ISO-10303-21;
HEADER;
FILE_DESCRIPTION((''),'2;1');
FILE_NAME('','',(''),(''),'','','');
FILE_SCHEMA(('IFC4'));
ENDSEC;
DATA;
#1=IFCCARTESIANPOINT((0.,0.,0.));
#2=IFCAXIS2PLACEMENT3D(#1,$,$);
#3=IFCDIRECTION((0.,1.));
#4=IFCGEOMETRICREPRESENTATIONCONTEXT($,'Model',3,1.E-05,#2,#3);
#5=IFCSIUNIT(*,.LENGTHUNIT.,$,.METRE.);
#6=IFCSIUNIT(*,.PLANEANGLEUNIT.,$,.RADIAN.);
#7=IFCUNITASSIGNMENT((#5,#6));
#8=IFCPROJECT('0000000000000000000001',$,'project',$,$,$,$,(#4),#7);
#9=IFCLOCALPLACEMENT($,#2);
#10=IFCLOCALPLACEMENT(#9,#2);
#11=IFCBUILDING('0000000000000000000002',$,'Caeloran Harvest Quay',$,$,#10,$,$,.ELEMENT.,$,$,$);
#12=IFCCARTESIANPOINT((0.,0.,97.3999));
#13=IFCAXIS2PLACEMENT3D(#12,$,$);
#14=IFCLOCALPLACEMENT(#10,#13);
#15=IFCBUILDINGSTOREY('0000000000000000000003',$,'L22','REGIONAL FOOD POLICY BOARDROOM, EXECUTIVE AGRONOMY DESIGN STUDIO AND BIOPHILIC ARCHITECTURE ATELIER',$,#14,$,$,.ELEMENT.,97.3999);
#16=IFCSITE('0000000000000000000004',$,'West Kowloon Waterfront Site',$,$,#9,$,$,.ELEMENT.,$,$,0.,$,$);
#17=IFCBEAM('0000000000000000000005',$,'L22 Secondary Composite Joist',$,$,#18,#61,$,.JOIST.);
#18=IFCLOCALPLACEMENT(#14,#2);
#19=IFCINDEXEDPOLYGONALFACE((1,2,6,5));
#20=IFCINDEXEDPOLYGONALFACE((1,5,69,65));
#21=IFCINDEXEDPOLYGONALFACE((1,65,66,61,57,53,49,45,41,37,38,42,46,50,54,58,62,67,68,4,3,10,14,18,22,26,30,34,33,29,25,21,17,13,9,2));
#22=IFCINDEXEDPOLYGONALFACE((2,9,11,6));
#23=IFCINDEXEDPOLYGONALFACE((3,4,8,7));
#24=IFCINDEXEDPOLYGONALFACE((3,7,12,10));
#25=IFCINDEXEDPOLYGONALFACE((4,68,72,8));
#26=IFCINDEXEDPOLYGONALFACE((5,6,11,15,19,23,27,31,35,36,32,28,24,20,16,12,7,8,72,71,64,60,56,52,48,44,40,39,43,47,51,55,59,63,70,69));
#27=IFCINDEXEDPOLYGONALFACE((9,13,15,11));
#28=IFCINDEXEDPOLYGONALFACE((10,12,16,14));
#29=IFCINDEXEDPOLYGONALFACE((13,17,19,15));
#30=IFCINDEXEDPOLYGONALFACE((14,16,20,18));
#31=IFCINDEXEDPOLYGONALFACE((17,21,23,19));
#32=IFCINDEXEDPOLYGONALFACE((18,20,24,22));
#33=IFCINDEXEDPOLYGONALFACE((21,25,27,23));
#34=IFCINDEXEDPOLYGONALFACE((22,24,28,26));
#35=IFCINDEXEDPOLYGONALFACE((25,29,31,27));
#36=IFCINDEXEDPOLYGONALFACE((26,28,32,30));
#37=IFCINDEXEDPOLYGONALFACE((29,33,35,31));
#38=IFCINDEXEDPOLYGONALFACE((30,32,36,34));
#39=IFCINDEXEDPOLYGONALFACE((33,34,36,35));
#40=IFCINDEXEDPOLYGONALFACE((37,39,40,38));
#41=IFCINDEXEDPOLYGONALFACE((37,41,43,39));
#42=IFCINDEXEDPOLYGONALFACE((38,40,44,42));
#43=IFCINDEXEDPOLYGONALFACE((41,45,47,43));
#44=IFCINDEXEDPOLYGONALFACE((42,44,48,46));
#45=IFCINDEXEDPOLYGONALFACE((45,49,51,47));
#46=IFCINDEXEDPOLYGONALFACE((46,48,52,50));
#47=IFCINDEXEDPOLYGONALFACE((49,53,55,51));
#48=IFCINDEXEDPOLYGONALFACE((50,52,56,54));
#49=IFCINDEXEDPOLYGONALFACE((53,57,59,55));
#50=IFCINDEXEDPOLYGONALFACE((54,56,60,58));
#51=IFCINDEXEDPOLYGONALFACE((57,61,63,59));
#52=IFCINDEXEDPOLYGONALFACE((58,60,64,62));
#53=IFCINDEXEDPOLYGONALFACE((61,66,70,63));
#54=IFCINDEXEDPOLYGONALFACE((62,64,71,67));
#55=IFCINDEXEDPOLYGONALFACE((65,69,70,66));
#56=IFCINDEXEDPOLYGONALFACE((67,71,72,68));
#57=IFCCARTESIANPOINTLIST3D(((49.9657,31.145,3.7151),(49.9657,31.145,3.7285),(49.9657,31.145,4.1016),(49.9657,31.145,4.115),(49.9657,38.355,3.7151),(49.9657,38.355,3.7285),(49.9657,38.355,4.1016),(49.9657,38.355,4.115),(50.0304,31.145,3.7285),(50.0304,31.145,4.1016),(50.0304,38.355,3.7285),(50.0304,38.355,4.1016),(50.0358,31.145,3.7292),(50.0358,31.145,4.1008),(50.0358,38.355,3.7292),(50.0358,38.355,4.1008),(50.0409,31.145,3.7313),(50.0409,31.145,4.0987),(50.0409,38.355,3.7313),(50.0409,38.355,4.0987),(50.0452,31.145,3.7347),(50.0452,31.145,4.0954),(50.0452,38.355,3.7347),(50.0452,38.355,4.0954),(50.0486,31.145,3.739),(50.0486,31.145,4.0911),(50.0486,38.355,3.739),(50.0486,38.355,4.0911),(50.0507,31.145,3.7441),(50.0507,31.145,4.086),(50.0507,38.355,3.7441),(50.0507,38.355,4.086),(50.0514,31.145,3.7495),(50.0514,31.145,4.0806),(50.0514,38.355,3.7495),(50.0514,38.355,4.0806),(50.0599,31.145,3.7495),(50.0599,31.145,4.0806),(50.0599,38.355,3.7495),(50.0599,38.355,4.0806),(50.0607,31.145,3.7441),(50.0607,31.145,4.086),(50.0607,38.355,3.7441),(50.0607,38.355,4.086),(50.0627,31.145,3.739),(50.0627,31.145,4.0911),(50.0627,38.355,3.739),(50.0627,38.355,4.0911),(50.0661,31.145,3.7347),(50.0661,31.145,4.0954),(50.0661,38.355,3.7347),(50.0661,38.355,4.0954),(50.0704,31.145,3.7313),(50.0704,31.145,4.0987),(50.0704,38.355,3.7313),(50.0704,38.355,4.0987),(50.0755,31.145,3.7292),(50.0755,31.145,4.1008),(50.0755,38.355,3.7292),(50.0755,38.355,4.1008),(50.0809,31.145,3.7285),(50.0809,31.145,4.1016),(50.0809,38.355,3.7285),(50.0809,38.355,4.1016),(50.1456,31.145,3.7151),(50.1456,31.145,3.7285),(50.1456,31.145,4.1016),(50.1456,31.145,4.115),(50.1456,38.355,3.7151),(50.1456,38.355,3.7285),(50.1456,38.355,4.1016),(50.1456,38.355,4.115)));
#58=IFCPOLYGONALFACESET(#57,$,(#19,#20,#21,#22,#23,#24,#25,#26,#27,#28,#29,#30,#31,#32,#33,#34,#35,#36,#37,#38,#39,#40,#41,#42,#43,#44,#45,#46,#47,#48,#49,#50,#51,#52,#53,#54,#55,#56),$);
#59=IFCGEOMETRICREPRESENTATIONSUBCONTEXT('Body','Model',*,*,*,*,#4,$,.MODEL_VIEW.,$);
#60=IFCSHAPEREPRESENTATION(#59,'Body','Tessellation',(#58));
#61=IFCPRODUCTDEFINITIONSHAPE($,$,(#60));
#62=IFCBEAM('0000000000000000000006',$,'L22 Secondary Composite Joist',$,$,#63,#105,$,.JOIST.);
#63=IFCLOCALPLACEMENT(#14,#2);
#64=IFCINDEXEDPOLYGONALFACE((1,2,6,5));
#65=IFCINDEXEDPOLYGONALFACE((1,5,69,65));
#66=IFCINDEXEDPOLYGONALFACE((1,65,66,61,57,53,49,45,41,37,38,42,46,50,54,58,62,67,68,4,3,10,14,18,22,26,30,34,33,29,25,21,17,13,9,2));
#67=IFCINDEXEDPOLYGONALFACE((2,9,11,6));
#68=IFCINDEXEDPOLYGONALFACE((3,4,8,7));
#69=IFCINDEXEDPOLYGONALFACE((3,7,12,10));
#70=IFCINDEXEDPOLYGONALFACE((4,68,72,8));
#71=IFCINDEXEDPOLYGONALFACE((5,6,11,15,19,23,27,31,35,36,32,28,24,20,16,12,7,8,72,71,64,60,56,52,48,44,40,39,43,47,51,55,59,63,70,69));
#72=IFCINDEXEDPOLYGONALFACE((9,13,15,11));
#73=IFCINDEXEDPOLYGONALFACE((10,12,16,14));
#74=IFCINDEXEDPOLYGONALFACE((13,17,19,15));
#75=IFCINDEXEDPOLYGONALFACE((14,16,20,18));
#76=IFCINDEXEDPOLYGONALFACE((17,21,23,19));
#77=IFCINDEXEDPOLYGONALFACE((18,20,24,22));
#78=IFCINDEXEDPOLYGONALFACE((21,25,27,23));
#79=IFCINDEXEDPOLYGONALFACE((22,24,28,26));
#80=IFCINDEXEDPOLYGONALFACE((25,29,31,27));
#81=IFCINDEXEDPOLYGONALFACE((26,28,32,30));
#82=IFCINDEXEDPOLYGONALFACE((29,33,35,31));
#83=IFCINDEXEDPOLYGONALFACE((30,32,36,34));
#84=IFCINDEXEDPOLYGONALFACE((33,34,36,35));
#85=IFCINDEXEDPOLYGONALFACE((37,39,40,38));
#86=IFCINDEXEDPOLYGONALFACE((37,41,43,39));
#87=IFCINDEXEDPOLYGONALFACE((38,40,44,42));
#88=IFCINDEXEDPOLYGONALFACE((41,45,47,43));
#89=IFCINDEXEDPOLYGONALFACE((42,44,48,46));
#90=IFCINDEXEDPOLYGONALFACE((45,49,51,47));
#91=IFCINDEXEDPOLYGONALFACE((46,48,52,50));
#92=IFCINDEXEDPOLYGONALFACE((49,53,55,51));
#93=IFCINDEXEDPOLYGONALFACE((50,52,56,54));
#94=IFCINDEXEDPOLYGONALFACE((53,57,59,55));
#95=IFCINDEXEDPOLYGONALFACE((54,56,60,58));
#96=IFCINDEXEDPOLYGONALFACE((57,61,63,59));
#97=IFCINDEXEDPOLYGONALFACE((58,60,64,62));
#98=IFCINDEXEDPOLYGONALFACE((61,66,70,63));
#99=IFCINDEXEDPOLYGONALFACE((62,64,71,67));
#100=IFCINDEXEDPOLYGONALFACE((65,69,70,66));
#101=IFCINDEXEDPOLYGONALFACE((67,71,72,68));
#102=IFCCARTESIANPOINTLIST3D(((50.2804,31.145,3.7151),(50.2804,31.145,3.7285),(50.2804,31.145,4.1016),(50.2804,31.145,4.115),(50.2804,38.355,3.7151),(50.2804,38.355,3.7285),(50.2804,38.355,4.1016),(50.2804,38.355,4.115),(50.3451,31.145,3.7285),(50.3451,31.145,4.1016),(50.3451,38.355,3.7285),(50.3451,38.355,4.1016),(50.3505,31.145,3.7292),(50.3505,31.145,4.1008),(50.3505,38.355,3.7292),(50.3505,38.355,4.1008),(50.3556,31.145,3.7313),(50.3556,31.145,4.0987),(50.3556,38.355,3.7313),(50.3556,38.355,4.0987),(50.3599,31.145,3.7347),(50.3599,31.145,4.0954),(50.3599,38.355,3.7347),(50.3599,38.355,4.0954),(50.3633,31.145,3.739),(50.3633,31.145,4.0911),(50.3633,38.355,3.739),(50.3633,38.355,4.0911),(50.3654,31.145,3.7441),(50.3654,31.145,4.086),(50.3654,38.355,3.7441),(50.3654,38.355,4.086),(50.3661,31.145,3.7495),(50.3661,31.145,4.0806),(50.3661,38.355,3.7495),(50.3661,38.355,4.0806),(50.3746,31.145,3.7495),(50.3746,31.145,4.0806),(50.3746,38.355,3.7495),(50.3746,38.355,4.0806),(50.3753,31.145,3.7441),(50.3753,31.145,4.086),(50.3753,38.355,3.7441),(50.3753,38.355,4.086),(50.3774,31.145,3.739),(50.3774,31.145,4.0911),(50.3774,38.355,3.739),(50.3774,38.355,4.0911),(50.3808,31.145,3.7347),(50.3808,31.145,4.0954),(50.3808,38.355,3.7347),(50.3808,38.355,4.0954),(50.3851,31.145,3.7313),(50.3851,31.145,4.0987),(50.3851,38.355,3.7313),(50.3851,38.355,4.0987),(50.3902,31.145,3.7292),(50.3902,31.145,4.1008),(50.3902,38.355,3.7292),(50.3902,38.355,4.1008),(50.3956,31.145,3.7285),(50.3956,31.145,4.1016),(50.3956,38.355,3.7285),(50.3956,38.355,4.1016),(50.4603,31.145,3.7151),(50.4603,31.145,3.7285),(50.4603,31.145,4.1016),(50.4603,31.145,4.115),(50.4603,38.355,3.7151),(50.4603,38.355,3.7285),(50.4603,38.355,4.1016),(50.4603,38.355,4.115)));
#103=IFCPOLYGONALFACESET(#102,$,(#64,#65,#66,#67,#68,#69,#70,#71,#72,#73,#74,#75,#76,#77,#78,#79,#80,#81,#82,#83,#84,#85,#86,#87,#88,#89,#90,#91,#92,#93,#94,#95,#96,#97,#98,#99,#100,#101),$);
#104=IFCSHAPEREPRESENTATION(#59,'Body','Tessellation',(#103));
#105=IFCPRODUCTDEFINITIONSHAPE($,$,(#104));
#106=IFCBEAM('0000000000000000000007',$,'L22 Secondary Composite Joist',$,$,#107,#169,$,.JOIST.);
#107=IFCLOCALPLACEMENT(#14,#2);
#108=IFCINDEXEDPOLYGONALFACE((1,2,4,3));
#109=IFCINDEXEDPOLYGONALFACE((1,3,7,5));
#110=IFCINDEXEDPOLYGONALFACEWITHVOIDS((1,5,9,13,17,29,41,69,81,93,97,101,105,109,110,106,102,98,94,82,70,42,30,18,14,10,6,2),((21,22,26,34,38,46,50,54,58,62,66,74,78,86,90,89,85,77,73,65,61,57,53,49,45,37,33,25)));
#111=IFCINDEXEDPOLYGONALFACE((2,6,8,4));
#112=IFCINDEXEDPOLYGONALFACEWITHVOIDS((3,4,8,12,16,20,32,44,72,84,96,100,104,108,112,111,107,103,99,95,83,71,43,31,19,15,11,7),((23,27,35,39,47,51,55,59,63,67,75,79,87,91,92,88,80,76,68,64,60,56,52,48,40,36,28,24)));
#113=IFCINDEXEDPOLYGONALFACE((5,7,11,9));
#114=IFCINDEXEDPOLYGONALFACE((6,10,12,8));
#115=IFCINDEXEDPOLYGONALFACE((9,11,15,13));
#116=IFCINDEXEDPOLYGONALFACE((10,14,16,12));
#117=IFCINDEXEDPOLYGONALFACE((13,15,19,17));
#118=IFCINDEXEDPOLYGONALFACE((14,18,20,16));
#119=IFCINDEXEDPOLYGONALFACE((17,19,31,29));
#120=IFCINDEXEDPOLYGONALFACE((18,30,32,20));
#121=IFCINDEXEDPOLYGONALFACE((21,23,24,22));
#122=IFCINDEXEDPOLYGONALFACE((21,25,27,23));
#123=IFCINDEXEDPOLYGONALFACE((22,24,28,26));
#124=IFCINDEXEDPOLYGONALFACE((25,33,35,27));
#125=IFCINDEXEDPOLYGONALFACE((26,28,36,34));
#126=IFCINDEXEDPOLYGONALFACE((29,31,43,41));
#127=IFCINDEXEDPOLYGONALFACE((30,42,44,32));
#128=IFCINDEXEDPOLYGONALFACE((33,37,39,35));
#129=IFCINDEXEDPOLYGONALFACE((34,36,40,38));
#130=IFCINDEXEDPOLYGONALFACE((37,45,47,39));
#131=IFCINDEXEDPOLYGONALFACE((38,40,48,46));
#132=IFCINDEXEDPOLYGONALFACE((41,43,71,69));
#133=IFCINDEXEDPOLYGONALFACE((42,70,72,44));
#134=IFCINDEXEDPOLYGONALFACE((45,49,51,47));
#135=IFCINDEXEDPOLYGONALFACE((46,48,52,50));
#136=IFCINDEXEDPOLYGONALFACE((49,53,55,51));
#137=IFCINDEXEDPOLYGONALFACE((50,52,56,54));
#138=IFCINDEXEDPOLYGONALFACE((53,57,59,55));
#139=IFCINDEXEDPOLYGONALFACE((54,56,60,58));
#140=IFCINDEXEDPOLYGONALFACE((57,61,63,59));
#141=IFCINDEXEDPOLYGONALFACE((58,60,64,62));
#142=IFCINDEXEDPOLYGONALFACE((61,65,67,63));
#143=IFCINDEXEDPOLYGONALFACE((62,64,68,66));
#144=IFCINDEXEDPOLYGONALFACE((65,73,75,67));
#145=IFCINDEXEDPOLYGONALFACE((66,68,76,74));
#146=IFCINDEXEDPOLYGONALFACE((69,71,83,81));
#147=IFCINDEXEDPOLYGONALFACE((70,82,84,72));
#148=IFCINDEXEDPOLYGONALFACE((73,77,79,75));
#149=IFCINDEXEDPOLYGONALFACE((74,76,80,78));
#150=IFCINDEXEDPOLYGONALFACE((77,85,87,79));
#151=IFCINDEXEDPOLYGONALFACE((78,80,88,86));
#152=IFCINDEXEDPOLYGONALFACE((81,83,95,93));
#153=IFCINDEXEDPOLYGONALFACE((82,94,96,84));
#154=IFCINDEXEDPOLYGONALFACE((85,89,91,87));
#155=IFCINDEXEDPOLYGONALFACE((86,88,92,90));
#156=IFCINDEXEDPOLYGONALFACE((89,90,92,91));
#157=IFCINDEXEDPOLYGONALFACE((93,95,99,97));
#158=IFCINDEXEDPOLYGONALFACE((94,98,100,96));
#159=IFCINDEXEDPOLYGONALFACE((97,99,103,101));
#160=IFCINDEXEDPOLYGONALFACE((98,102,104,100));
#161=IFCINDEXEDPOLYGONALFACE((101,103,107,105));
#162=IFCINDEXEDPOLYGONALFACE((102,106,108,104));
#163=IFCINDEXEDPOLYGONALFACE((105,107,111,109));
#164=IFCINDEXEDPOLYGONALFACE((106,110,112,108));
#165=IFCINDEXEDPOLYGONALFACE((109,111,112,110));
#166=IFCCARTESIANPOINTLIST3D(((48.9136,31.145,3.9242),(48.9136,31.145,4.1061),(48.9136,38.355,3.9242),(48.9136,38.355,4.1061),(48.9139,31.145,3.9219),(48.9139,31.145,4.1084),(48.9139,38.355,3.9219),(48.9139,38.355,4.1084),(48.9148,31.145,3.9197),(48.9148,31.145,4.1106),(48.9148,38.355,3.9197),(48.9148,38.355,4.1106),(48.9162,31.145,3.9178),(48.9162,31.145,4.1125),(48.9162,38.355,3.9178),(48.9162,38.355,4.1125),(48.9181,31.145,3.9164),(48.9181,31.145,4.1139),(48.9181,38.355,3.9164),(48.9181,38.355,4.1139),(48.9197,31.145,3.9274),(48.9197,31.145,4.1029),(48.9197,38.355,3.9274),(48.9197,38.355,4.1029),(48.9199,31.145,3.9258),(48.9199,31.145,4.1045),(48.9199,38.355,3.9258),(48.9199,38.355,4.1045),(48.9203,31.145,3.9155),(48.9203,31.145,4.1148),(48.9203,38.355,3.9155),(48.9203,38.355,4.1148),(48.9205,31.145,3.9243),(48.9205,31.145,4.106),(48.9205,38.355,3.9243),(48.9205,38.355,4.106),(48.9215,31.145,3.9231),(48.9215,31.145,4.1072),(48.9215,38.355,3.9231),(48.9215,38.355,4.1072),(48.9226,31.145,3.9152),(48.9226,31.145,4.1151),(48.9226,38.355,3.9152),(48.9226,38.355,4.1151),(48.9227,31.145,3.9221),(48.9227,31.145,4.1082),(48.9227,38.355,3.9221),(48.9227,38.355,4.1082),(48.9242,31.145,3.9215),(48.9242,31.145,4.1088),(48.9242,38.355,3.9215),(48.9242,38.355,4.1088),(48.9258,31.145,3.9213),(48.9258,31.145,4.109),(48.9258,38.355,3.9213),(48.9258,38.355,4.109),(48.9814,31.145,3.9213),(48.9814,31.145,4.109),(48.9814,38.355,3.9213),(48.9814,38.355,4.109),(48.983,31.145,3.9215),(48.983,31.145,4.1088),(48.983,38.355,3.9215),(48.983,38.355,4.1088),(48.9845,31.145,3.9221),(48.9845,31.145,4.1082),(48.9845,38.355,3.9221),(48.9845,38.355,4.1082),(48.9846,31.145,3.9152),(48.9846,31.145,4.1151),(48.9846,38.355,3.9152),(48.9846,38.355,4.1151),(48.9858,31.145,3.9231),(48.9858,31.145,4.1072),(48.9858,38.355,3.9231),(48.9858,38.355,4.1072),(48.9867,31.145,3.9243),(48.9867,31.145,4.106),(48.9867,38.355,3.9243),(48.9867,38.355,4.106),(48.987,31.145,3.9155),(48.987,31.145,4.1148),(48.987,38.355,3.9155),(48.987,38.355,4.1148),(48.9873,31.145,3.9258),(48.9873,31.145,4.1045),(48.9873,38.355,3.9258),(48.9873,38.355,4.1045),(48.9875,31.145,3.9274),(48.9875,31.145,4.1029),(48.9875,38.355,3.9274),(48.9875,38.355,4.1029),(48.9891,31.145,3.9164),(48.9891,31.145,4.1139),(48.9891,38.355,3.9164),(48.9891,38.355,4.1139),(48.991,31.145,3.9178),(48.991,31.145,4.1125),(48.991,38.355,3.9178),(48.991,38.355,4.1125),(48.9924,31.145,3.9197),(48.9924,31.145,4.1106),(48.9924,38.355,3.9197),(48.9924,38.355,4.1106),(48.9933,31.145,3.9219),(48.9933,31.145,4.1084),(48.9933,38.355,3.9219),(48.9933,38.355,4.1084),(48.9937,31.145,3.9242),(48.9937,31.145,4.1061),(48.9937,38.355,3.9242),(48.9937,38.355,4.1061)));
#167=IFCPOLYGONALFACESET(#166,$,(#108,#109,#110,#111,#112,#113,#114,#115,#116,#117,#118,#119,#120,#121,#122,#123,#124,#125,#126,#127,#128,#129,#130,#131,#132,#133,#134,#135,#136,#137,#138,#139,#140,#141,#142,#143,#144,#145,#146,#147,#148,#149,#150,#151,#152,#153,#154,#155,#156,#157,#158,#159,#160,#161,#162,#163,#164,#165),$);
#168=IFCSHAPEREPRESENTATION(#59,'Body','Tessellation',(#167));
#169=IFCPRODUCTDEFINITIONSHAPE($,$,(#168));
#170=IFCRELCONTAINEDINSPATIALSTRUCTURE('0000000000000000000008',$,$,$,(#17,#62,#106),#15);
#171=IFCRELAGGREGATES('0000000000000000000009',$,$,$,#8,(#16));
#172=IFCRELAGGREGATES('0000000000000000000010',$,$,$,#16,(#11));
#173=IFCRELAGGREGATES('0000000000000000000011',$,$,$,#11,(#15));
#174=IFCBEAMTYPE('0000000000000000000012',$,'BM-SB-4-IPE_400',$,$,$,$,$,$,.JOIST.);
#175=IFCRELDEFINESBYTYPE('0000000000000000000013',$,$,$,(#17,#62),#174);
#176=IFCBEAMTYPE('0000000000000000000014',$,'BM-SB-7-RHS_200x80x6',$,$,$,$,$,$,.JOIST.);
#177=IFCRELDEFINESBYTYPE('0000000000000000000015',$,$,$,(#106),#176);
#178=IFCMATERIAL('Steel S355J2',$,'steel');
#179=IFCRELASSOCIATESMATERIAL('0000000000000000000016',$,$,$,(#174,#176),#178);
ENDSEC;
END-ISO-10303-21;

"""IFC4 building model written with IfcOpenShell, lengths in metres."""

from ifc_helpers import new_model, si_unit, direction, frame, origin, origin_2d, place, context, subcontext, project, spatial, hollow_rectangle, i_section, extrude, material, material_profile, profile_set, type_object, element, save


model = new_model("IFC4")

# Units and contexts
model_context = context("Model", 3, precision=1e-05, world=origin(), true_north=direction((0.0, 1.0)))
body_context = subcontext(model_context, "Body", "Model", "MODEL_VIEW")
ifc_project = project(units=[si_unit("LENGTHUNIT", "METRE"), si_unit("PLANEANGLEUNIT", "RADIAN")], contexts=[model_context])

# Site, building, storey
site_placement = place(None, origin())
site = spatial("IfcSite", under=ifc_project, at=site_placement, Name="West Kowloon Waterfront Site", CompositionType="ELEMENT", RefElevation=0.0)
building_placement = place(site_placement, origin())
building = spatial("IfcBuilding", under=site, at=building_placement, Name="Caeloran Harvest Quay", CompositionType="ELEMENT")
storey_placement = place(building_placement, frame((0.0, 0.0, 97.3999)))
storey = spatial("IfcBuildingStorey", under=building, at=storey_placement, Name="L22", Description="REGIONAL FOOD POLICY BOARDROOM, EXECUTIVE AGRONOMY DESIGN STUDIO AND BIOPHILIC ARCHITECTURE ATELIER", CompositionType="ELEMENT", Elevation=97.3999)

# Beams
ifc_material_1 = material(Name="Steel S355J2", Category="steel")
ifc_material_profile_1 = material_profile(ifc_material_1, i_section(OverallWidth=0.1799, OverallDepth=0.3999, WebThickness=0.0085, FlangeThickness=0.0134, FilletRadius=0.021, at=origin_2d()), Name="IPE 400")
ifc_profile_set_1 = profile_set([ifc_material_profile_1], Name="Steel S355J2")
beam_type_1 = type_object("IfcBeamType", Name="BM-SB-4-IPE_400", PredefinedType="JOIST", material=ifc_profile_set_1)
for number, where, z_axis, x_axis, name in (
    (1, (50.0557, 31.145, 3.915), (0.0, 1.0, 0.0), (-1.0, 0.0, 0.0), "L22 Secondary Composite Joist"),
    (2, (50.3704, 31.145, 3.915), (0.0, 1.0, 0.0), (-1.0, 0.0, 0.0), "L22 Secondary Composite Joist"),
):
    element("IfcBeam", number, at=place(storey_placement, frame(where, z_axis=z_axis, x_axis=x_axis)), inside=storey, type_object=beam_type_1, Name=name, PredefinedType="JOIST", context=body_context, shape_type="SweptSolid", body=[
        extrude(i_section(OverallWidth=0.1799, OverallDepth=0.3999, WebThickness=0.0085, FlangeThickness=0.0134, FilletRadius=0.021, at=origin_2d()), origin(), (0.0, 0.0, 1.0), 7.21),
    ])
ifc_material_profile_2 = material_profile(ifc_material_1, hollow_rectangle(XDim=0.0801, YDim=0.2, WallThickness=0.0061, InnerFilletRadius=0.0061, OuterFilletRadius=0.009, at=origin_2d()), Name="RHS 200x80x6")
ifc_profile_set_2 = profile_set([ifc_material_profile_2], Name="Steel S355J2")
beam_type_2 = type_object("IfcBeamType", Name="BM-SB-7-RHS_200x80x6", PredefinedType="JOIST", material=ifc_profile_set_2)
for number, where, z_axis, x_axis, name in (
    (3, (48.9536, 31.145, 4.0151), (0.0, 1.0, 0.0), (-1.0, 0.0, 0.0), "L22 Secondary Composite Joist"),
):
    element("IfcBeam", number, at=place(storey_placement, frame(where, z_axis=z_axis, x_axis=x_axis)), inside=storey, type_object=beam_type_2, Name=name, PredefinedType="JOIST", context=body_context, shape_type="SweptSolid", body=[
        extrude(hollow_rectangle(XDim=0.0801, YDim=0.2, WallThickness=0.0061, InnerFilletRadius=0.0061, OuterFilletRadius=0.009, at=origin_2d()), origin(), (0.0, 0.0, 1.0), 7.21),
    ])

save(model, "model.ifc")
